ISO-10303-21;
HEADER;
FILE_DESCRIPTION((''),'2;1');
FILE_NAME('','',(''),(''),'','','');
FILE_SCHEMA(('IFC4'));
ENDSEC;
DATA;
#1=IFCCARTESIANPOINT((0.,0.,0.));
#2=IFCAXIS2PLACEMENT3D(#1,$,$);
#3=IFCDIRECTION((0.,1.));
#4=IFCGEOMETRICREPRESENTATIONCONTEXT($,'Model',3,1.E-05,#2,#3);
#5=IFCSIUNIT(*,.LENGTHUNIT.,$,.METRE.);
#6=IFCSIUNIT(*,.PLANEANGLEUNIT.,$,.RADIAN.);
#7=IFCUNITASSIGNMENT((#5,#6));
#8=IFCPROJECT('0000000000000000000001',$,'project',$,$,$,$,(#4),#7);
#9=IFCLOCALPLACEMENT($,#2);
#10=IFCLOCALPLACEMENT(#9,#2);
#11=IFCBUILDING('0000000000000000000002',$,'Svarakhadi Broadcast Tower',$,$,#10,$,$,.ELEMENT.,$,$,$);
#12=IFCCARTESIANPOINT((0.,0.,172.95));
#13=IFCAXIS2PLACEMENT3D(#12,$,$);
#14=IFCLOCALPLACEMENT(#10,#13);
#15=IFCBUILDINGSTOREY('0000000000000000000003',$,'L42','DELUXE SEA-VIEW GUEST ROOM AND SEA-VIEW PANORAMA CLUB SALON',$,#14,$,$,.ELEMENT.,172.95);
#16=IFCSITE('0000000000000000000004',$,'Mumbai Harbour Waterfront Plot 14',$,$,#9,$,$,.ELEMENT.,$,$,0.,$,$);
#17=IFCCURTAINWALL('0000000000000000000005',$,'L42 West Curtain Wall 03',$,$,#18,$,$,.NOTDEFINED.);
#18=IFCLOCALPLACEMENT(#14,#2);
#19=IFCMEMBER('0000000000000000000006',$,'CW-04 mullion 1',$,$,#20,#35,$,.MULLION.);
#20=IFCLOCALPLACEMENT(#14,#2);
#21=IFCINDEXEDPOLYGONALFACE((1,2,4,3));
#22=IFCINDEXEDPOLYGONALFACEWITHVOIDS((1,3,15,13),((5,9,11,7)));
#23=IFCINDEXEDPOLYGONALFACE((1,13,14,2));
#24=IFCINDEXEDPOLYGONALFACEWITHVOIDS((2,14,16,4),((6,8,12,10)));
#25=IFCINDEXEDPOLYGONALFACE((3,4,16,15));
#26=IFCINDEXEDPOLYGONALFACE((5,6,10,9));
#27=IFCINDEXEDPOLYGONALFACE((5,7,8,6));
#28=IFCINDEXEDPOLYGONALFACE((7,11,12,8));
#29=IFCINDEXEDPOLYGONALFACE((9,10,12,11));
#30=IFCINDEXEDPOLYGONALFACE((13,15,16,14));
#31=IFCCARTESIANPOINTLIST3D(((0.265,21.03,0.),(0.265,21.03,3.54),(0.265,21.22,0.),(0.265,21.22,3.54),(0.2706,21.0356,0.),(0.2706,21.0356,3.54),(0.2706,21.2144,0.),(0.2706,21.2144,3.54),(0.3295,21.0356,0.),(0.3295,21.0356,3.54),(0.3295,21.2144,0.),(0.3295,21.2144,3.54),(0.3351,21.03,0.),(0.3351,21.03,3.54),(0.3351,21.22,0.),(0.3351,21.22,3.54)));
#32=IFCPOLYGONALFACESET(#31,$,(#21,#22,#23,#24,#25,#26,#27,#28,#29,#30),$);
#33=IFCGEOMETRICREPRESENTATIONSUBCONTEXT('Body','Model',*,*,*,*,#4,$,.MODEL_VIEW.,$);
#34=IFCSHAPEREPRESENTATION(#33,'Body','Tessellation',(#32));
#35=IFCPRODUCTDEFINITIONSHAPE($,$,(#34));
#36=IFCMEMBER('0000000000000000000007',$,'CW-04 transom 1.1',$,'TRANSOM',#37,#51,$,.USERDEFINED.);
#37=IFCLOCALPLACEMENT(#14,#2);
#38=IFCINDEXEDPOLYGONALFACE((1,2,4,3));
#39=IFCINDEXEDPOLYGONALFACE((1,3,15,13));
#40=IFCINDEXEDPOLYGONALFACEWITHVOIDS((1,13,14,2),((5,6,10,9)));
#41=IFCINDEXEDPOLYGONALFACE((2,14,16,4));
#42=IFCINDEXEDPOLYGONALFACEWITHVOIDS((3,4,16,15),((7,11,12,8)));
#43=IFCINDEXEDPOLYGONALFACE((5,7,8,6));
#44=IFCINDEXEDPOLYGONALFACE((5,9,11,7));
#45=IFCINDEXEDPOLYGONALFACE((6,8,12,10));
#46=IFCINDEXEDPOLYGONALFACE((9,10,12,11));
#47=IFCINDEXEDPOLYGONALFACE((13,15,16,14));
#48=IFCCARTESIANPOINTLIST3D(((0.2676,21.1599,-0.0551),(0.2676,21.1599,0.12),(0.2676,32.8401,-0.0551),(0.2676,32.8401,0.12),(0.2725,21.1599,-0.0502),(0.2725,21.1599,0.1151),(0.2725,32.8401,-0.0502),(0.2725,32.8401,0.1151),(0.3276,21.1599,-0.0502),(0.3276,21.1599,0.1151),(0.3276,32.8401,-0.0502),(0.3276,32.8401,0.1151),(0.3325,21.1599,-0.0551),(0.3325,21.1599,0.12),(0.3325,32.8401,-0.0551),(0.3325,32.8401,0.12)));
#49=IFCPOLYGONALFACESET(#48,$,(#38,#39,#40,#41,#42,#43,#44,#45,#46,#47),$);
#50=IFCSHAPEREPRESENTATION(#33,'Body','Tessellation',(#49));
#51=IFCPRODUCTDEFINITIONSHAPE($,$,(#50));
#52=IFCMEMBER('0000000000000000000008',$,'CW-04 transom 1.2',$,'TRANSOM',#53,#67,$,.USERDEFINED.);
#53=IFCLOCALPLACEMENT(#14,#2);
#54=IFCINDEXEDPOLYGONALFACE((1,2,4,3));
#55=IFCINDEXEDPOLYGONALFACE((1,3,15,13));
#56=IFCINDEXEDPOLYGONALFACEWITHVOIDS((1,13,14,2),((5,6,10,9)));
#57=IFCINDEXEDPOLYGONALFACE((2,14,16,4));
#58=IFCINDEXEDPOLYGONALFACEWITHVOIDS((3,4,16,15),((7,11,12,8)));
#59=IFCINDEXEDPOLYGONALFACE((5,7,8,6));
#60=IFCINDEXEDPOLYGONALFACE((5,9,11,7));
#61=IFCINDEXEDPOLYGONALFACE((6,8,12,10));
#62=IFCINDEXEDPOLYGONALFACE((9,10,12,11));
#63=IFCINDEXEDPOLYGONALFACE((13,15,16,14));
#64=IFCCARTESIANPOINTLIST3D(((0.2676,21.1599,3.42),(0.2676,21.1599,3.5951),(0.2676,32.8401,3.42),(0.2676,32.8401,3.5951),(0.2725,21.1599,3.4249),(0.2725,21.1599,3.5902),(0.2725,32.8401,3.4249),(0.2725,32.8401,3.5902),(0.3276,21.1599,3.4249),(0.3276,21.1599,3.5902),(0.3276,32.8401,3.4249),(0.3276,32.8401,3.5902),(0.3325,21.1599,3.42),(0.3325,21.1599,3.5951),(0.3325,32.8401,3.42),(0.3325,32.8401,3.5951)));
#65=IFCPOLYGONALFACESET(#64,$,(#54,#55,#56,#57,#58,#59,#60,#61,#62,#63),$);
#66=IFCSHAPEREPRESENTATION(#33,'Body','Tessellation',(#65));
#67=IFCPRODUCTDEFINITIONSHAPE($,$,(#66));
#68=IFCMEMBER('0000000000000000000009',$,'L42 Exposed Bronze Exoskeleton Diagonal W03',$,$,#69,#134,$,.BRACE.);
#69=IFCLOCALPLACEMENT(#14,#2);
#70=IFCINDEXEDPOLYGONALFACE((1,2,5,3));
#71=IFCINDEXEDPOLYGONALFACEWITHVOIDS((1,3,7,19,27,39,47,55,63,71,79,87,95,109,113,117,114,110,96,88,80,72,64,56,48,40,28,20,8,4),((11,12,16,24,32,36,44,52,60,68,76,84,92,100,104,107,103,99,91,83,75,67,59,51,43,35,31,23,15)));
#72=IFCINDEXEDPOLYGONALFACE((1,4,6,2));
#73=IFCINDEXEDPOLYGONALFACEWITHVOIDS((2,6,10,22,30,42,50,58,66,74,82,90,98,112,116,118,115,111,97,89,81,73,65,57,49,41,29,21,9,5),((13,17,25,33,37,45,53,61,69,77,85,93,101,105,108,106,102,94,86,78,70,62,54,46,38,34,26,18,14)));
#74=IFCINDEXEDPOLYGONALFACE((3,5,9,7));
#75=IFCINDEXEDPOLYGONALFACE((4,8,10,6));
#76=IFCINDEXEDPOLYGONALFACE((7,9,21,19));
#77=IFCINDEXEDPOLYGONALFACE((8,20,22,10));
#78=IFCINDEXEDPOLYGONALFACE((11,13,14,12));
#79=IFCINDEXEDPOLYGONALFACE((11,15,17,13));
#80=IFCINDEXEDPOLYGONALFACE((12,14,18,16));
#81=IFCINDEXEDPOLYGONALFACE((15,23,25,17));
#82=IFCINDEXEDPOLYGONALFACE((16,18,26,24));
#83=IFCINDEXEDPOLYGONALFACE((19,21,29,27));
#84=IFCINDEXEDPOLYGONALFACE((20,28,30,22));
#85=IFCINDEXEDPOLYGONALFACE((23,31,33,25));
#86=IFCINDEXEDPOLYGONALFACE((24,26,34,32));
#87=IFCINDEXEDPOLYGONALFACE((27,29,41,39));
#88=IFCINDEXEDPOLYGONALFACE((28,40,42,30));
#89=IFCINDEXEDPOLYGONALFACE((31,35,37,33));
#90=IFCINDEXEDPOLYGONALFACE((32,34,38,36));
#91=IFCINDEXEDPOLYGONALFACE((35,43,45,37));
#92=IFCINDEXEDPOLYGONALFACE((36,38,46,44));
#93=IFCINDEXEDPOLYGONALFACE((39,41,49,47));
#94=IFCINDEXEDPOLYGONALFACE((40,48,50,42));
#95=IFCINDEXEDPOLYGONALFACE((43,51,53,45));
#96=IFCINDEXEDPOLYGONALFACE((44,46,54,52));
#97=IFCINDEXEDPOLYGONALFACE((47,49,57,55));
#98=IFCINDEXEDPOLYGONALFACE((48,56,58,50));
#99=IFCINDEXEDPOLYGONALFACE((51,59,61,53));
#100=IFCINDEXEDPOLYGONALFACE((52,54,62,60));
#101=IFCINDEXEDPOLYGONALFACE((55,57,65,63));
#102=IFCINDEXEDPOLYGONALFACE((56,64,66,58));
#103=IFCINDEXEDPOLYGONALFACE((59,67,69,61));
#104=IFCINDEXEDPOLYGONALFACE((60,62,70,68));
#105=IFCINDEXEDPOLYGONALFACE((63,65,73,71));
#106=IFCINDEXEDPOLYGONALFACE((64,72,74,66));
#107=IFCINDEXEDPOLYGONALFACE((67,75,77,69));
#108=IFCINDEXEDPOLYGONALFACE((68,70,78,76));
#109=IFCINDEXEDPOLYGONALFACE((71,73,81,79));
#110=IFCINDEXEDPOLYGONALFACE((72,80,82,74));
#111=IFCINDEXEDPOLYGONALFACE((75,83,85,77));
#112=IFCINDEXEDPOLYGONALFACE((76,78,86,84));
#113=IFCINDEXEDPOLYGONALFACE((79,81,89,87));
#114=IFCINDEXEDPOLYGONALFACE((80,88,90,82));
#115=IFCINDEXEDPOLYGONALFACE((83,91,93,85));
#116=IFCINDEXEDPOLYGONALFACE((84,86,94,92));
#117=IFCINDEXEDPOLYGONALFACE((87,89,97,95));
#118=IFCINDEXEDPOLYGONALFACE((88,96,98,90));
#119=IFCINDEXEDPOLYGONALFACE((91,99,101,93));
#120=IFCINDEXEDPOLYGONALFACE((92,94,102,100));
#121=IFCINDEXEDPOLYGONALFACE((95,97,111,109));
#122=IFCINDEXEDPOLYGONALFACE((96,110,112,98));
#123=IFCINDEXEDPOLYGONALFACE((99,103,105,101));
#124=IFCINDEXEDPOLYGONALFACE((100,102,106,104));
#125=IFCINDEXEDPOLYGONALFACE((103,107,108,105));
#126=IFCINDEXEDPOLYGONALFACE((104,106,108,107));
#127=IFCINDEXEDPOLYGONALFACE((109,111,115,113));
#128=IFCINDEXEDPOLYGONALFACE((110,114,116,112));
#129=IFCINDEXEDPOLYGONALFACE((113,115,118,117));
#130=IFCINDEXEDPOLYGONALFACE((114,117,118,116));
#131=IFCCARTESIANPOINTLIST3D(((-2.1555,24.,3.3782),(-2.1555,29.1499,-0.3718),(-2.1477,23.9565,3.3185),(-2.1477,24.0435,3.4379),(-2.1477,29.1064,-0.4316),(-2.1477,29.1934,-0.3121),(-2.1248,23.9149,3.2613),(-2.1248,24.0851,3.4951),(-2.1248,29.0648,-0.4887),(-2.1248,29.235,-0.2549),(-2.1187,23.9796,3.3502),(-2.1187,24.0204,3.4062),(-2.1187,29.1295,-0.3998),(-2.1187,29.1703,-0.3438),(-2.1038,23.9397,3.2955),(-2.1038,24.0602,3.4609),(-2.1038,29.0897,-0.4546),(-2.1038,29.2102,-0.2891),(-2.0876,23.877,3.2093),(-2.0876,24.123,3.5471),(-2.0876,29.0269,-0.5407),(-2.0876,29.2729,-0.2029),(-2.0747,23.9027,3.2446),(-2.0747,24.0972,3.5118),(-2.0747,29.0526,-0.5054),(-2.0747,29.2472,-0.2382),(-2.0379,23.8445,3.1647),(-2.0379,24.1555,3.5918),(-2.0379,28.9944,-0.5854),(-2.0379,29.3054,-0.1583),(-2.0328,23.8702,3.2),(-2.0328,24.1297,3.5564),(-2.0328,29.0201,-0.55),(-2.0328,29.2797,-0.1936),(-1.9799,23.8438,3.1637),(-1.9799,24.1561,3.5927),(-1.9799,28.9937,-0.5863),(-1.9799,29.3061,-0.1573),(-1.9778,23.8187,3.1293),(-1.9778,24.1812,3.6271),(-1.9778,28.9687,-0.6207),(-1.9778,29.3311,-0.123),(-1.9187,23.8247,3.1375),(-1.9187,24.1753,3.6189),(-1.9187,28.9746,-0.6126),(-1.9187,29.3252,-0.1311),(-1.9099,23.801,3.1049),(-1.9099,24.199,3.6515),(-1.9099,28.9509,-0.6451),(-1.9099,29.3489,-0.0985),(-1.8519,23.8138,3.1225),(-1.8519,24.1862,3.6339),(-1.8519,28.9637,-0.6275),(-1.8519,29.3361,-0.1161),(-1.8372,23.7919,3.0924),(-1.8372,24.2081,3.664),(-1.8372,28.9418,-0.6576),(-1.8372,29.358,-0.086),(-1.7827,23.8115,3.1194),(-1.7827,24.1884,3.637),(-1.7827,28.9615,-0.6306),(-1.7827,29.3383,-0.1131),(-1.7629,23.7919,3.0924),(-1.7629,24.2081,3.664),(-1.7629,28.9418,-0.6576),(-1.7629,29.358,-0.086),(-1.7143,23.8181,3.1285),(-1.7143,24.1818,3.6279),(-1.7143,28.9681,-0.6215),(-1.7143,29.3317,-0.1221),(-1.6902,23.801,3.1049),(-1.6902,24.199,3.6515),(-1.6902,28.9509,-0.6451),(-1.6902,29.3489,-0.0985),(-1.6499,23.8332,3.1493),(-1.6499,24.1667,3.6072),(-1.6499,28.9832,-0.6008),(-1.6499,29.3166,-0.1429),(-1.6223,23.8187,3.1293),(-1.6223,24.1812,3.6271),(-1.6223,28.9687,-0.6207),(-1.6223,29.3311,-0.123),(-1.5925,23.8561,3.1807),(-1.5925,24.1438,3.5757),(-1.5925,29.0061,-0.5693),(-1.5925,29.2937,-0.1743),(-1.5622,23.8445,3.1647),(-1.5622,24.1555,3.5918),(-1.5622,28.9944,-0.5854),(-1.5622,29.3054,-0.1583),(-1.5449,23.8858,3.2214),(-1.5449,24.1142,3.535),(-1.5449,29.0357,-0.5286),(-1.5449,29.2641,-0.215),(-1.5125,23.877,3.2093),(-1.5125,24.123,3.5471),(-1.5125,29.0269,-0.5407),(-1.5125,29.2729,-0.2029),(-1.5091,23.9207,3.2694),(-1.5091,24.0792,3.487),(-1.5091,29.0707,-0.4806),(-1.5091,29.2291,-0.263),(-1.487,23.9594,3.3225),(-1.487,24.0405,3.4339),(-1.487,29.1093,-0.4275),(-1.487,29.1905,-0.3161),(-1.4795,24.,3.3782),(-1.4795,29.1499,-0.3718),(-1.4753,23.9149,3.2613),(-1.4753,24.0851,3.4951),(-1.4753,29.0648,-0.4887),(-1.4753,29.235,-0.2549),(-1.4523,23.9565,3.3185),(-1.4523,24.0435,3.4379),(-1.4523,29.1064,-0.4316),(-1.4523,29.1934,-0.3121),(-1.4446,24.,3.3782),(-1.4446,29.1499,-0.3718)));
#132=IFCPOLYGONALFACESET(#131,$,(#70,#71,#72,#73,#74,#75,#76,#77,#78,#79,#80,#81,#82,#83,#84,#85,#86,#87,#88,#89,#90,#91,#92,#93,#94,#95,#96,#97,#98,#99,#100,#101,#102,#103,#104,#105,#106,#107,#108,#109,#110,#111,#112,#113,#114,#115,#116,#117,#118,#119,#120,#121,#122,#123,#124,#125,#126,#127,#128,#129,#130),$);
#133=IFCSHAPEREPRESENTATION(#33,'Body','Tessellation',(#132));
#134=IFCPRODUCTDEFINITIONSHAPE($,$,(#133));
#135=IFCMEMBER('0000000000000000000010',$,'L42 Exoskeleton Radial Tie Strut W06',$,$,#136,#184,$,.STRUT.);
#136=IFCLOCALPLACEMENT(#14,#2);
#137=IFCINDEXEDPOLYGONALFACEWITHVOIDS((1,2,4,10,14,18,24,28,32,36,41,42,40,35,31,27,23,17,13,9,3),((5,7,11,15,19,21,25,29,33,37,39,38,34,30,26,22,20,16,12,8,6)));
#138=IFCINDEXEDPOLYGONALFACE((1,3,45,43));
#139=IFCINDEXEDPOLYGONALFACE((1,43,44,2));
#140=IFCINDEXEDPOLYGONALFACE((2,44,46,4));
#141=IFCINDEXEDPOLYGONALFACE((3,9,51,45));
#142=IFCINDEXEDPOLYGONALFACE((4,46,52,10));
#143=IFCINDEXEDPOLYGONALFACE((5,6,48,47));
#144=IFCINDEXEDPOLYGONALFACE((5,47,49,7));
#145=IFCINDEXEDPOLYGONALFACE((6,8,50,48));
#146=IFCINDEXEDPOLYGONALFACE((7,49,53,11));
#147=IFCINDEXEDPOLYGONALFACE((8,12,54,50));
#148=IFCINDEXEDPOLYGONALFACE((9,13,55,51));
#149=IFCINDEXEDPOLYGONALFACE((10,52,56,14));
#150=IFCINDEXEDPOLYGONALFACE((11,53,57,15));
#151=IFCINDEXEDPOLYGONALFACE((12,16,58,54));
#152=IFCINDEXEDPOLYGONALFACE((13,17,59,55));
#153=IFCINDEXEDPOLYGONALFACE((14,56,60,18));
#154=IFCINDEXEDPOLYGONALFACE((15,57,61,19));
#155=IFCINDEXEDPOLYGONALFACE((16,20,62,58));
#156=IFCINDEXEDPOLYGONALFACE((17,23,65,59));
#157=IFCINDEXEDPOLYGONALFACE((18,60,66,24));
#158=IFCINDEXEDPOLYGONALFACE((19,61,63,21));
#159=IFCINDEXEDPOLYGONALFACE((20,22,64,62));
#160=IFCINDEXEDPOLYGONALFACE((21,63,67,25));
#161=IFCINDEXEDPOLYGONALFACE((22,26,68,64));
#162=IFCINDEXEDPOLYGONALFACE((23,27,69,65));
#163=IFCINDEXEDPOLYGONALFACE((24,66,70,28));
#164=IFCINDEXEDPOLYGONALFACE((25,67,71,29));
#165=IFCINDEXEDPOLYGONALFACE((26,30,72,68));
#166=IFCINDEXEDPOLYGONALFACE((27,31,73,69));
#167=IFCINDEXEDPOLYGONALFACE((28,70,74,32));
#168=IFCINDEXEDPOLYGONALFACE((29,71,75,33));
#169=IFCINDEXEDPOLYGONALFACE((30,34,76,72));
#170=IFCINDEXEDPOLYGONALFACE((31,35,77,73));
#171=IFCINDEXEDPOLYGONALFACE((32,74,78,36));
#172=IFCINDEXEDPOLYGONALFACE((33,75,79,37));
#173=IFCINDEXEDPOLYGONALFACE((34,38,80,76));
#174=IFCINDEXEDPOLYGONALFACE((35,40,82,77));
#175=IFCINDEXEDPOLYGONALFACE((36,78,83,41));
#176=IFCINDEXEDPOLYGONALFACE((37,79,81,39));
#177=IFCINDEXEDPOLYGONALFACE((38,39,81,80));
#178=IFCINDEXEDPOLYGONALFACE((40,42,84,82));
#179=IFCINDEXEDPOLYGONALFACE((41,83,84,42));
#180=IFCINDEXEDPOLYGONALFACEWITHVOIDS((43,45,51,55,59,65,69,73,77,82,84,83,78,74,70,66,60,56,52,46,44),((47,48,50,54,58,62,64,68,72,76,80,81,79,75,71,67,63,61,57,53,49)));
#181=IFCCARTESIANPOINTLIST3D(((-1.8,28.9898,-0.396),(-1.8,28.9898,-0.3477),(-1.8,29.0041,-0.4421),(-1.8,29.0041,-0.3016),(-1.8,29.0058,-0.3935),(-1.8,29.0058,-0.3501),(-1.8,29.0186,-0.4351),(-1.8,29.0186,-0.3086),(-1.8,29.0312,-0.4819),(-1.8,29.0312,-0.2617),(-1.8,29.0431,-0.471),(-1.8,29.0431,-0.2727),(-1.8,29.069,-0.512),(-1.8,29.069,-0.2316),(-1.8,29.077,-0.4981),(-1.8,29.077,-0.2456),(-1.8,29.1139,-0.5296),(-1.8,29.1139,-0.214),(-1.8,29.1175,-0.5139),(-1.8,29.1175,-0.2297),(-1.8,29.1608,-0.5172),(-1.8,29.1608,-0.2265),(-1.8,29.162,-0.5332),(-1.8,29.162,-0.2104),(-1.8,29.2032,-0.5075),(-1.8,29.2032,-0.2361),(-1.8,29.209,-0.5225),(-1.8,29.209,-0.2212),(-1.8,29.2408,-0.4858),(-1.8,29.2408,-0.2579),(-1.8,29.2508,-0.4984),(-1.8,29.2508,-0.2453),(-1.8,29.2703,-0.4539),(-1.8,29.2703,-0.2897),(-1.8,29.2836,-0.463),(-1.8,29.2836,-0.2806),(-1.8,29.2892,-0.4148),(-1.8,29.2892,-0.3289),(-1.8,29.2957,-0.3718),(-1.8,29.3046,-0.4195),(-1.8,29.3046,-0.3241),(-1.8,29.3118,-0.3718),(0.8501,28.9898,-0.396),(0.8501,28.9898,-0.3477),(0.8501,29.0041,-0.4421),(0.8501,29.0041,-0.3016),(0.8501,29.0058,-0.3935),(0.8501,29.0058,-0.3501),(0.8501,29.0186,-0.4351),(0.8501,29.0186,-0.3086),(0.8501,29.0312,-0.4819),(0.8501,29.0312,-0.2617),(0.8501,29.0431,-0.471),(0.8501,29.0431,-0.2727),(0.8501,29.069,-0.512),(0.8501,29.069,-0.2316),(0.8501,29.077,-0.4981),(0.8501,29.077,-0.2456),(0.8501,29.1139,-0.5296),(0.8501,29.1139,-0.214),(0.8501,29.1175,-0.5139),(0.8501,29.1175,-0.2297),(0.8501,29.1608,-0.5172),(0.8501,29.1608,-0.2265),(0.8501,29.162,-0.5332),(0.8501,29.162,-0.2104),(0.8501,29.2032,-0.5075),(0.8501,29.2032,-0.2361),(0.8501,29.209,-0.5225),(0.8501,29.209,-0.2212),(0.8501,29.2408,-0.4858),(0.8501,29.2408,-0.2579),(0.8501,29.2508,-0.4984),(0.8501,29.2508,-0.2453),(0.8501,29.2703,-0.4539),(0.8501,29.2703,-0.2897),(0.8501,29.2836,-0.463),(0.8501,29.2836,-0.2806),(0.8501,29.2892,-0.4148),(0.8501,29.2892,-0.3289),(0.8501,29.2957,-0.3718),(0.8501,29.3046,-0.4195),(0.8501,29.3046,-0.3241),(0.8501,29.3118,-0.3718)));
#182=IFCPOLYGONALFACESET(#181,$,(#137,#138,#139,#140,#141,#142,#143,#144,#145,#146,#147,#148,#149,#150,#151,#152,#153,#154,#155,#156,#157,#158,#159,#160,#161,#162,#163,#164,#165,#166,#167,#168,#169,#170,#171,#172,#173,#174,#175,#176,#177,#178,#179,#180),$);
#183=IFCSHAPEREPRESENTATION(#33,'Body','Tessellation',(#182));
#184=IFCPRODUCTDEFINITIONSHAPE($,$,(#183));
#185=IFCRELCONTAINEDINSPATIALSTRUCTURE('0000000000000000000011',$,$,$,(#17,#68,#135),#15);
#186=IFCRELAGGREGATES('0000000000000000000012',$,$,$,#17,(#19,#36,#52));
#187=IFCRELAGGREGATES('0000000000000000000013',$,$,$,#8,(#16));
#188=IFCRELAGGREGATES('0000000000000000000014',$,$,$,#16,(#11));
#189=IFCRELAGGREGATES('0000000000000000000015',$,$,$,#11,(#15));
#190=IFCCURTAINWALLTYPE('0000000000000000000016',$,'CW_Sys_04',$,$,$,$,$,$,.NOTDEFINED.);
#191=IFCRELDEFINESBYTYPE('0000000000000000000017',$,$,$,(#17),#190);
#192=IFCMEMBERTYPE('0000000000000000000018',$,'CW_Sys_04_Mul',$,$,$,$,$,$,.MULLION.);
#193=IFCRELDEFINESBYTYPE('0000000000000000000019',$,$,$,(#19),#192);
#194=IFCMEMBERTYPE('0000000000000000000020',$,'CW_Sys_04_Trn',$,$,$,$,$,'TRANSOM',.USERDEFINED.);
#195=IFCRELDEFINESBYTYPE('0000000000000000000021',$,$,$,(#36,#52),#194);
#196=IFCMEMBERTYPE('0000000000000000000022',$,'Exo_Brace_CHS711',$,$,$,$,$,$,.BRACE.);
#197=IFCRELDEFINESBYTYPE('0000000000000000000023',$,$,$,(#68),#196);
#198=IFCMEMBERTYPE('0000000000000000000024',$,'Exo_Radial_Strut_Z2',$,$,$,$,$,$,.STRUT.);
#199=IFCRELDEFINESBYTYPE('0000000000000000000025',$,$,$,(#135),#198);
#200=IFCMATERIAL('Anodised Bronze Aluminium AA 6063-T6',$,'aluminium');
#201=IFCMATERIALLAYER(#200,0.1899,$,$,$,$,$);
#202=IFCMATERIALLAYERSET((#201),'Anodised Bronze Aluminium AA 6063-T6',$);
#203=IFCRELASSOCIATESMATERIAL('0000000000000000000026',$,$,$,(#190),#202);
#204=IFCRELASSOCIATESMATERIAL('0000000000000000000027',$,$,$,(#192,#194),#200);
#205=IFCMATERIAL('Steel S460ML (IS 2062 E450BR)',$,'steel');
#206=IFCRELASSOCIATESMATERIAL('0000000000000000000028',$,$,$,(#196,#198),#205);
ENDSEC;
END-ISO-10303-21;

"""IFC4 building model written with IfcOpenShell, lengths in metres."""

from ifc_helpers import new_model, si_unit, direction, frame, origin, origin_2d, place, context, subcontext, project, spatial, hollow_rectangle, hollow_circle, extrude, material, layer, layer_set, material_profile, profile_set, type_object, element, aggregate, save


model = new_model("IFC4")

# Units and contexts
model_context = context("Model", 3, precision=1e-05, world=origin(), true_north=direction((0.0, 1.0)))
body_context = subcontext(model_context, "Body", "Model", "MODEL_VIEW")
ifc_project = project(units=[si_unit("LENGTHUNIT", "METRE"), si_unit("PLANEANGLEUNIT", "RADIAN")], contexts=[model_context])

# Site, building, storey
site_placement = place(None, origin())
site = spatial("IfcSite", under=ifc_project, at=site_placement, Name="Mumbai Harbour Waterfront Plot 14", CompositionType="ELEMENT", RefElevation=0.0)
building_placement = place(site_placement, origin())
building = spatial("IfcBuilding", under=site, at=building_placement, Name="Svarakhadi Broadcast Tower", CompositionType="ELEMENT")
storey_placement = place(building_placement, frame((0.0, 0.0, 172.95)))
storey = spatial("IfcBuildingStorey", under=building, at=storey_placement, Name="L42", Description="DELUXE SEA-VIEW GUEST ROOM AND SEA-VIEW PANORAMA CLUB SALON", CompositionType="ELEMENT", Elevation=172.95)

# Shared definitions
ifc_material_1 = material(Name="Steel S460ML (IS 2062 E450BR)", Category="steel")

# Curtain wall, members
ifc_material_2 = material(Name="Anodised Bronze Aluminium AA 6063-T6", Category="aluminium")
ifc_layer_1 = layer(ifc_material_2, 0.1899)
ifc_layer_set_1 = layer_set([ifc_layer_1], Name="Anodised Bronze Aluminium AA 6063-T6")
curtain_wall_type = type_object("IfcCurtainWallType", Name="CW_Sys_04", PredefinedType="NOTDEFINED", material=ifc_layer_set_1)
curtain_wall_placement = place(storey_placement, origin())
curtain_wall = element("IfcCurtainWall", 1, at=curtain_wall_placement, inside=storey, type_object=curtain_wall_type, Name="L42 West Curtain Wall 03", PredefinedType="NOTDEFINED")
ifc_material_profile_1 = material_profile(ifc_material_2, hollow_rectangle(XDim=0.0701, YDim=0.1899, WallThickness=0.0056, at=origin_2d()), Name="ALU MULLION 190x70x6")
ifc_profile_set_1 = profile_set([ifc_material_profile_1], Name="Anodised Bronze Aluminium AA 6063-T6")
member_type_1 = type_object("IfcMemberType", Name="CW_Sys_04_Mul", PredefinedType="MULLION", material=ifc_profile_set_1)
member_1_placement = place(storey_placement, frame((0.3, 21.125, 0.0), z_axis=(0.0, 0.0, 1.0), x_axis=(-1.0, 0.0, 0.0)))
member_1 = element("IfcMember", 2, at=member_1_placement, type_object=member_type_1, Name="CW-04 mullion 1", PredefinedType="MULLION", context=body_context, shape_type="SweptSolid", body=[
    extrude(hollow_rectangle(XDim=0.0701, YDim=0.1899, WallThickness=0.0056, at=origin_2d()), origin(), (0.0, 0.0, 1.0), 3.54),
])
ifc_material_profile_2 = material_profile(ifc_material_2, hollow_rectangle(XDim=0.0649, YDim=0.175, WallThickness=0.0049, at=origin_2d()), Name="ALU TRANSOM 175x65x5")
ifc_profile_set_2 = profile_set([ifc_material_profile_2], Name="Anodised Bronze Aluminium AA 6063-T6")
member_type_2 = type_object("IfcMemberType", Name="CW_Sys_04_Trn", ElementType="TRANSOM", PredefinedType="USERDEFINED", material=ifc_profile_set_2)
member_2_placement = place(storey_placement, frame((0.3, 21.1599, 0.0325), z_axis=(0.0, 1.0, 0.0), x_axis=(-1.0, 0.0, 0.0)))
member_2 = element("IfcMember", 3, at=member_2_placement, type_object=member_type_2, Name="CW-04 transom 1.1", ObjectType="TRANSOM", PredefinedType="USERDEFINED", context=body_context, shape_type="SweptSolid", body=[
    extrude(hollow_rectangle(XDim=0.0649, YDim=0.175, WallThickness=0.0049, at=origin_2d()), origin(), (0.0, 0.0, 1.0), 11.6802),
])
member_3_placement = place(storey_placement, frame((0.3, 21.1599, 3.5076), z_axis=(0.0, 1.0, 0.0), x_axis=(-1.0, 0.0, 0.0)))
member_3 = element("IfcMember", 4, at=member_3_placement, type_object=member_type_2, Name="CW-04 transom 1.2", ObjectType="TRANSOM", PredefinedType="USERDEFINED", context=body_context, shape_type="SweptSolid", body=[
    extrude(hollow_rectangle(XDim=0.0649, YDim=0.175, WallThickness=0.0049, at=origin_2d()), origin(), (0.0, 0.0, 1.0), 11.6802),
])

# Members
ifc_material_profile_3 = material_profile(ifc_material_1, hollow_circle(Radius=0.3555, WallThickness=0.0349, at=origin_2d()), Name="CHS 711x35")
ifc_profile_set_3 = profile_set([ifc_material_profile_3], Name="Steel S460ML (IS 2062 E450BR)")
member_type_3 = type_object("IfcMemberType", Name="Exo_Brace_CHS711", PredefinedType="BRACE", material=ifc_profile_set_3)
member_4_placement = place(storey_placement, frame((-1.8, 29.1499, -0.3718), z_axis=(0.0, -0.808391, 0.588646), x_axis=(1.0, 0.0, 0.0)))
element("IfcMember", 5, at=member_4_placement, inside=storey, type_object=member_type_3, Name="L42 Exposed Bronze Exoskeleton Diagonal W03", PredefinedType="BRACE", context=body_context, shape_type="SweptSolid", body=[
    extrude(hollow_circle(Radius=0.3555, WallThickness=0.0349, at=origin_2d()), origin(), (0.0, 0.0, 1.0), 6.3706),
])
ifc_material_profile_4 = material_profile(ifc_material_1, hollow_circle(Radius=0.1619, WallThickness=0.0161, at=origin_2d()), Name="CHS 323.9x16")
ifc_profile_set_4 = profile_set([ifc_material_profile_4], Name="Steel S460ML (IS 2062 E450BR)")
member_type_4 = type_object("IfcMemberType", Name="Exo_Radial_Strut_Z2", PredefinedType="STRUT", material=ifc_profile_set_4)
member_5_placement = place(storey_placement, frame((-1.8, 29.1499, -0.3718), z_axis=(1.0, 0.0, 0.0), x_axis=(0.0, 1.0, 0.0)))
element("IfcMember", 6, at=member_5_placement, inside=storey, type_object=member_type_4, Name="L42 Exoskeleton Radial Tie Strut W06", PredefinedType="STRUT", context=body_context, shape_type="SweptSolid", body=[
    extrude(hollow_circle(Radius=0.1619, WallThickness=0.0161, at=origin_2d()), origin(), (0.0, 0.0, 1.0), 2.6501),
])

aggregate(curtain_wall, [member_1, member_2, member_3])

save(model, "model.ifc")
